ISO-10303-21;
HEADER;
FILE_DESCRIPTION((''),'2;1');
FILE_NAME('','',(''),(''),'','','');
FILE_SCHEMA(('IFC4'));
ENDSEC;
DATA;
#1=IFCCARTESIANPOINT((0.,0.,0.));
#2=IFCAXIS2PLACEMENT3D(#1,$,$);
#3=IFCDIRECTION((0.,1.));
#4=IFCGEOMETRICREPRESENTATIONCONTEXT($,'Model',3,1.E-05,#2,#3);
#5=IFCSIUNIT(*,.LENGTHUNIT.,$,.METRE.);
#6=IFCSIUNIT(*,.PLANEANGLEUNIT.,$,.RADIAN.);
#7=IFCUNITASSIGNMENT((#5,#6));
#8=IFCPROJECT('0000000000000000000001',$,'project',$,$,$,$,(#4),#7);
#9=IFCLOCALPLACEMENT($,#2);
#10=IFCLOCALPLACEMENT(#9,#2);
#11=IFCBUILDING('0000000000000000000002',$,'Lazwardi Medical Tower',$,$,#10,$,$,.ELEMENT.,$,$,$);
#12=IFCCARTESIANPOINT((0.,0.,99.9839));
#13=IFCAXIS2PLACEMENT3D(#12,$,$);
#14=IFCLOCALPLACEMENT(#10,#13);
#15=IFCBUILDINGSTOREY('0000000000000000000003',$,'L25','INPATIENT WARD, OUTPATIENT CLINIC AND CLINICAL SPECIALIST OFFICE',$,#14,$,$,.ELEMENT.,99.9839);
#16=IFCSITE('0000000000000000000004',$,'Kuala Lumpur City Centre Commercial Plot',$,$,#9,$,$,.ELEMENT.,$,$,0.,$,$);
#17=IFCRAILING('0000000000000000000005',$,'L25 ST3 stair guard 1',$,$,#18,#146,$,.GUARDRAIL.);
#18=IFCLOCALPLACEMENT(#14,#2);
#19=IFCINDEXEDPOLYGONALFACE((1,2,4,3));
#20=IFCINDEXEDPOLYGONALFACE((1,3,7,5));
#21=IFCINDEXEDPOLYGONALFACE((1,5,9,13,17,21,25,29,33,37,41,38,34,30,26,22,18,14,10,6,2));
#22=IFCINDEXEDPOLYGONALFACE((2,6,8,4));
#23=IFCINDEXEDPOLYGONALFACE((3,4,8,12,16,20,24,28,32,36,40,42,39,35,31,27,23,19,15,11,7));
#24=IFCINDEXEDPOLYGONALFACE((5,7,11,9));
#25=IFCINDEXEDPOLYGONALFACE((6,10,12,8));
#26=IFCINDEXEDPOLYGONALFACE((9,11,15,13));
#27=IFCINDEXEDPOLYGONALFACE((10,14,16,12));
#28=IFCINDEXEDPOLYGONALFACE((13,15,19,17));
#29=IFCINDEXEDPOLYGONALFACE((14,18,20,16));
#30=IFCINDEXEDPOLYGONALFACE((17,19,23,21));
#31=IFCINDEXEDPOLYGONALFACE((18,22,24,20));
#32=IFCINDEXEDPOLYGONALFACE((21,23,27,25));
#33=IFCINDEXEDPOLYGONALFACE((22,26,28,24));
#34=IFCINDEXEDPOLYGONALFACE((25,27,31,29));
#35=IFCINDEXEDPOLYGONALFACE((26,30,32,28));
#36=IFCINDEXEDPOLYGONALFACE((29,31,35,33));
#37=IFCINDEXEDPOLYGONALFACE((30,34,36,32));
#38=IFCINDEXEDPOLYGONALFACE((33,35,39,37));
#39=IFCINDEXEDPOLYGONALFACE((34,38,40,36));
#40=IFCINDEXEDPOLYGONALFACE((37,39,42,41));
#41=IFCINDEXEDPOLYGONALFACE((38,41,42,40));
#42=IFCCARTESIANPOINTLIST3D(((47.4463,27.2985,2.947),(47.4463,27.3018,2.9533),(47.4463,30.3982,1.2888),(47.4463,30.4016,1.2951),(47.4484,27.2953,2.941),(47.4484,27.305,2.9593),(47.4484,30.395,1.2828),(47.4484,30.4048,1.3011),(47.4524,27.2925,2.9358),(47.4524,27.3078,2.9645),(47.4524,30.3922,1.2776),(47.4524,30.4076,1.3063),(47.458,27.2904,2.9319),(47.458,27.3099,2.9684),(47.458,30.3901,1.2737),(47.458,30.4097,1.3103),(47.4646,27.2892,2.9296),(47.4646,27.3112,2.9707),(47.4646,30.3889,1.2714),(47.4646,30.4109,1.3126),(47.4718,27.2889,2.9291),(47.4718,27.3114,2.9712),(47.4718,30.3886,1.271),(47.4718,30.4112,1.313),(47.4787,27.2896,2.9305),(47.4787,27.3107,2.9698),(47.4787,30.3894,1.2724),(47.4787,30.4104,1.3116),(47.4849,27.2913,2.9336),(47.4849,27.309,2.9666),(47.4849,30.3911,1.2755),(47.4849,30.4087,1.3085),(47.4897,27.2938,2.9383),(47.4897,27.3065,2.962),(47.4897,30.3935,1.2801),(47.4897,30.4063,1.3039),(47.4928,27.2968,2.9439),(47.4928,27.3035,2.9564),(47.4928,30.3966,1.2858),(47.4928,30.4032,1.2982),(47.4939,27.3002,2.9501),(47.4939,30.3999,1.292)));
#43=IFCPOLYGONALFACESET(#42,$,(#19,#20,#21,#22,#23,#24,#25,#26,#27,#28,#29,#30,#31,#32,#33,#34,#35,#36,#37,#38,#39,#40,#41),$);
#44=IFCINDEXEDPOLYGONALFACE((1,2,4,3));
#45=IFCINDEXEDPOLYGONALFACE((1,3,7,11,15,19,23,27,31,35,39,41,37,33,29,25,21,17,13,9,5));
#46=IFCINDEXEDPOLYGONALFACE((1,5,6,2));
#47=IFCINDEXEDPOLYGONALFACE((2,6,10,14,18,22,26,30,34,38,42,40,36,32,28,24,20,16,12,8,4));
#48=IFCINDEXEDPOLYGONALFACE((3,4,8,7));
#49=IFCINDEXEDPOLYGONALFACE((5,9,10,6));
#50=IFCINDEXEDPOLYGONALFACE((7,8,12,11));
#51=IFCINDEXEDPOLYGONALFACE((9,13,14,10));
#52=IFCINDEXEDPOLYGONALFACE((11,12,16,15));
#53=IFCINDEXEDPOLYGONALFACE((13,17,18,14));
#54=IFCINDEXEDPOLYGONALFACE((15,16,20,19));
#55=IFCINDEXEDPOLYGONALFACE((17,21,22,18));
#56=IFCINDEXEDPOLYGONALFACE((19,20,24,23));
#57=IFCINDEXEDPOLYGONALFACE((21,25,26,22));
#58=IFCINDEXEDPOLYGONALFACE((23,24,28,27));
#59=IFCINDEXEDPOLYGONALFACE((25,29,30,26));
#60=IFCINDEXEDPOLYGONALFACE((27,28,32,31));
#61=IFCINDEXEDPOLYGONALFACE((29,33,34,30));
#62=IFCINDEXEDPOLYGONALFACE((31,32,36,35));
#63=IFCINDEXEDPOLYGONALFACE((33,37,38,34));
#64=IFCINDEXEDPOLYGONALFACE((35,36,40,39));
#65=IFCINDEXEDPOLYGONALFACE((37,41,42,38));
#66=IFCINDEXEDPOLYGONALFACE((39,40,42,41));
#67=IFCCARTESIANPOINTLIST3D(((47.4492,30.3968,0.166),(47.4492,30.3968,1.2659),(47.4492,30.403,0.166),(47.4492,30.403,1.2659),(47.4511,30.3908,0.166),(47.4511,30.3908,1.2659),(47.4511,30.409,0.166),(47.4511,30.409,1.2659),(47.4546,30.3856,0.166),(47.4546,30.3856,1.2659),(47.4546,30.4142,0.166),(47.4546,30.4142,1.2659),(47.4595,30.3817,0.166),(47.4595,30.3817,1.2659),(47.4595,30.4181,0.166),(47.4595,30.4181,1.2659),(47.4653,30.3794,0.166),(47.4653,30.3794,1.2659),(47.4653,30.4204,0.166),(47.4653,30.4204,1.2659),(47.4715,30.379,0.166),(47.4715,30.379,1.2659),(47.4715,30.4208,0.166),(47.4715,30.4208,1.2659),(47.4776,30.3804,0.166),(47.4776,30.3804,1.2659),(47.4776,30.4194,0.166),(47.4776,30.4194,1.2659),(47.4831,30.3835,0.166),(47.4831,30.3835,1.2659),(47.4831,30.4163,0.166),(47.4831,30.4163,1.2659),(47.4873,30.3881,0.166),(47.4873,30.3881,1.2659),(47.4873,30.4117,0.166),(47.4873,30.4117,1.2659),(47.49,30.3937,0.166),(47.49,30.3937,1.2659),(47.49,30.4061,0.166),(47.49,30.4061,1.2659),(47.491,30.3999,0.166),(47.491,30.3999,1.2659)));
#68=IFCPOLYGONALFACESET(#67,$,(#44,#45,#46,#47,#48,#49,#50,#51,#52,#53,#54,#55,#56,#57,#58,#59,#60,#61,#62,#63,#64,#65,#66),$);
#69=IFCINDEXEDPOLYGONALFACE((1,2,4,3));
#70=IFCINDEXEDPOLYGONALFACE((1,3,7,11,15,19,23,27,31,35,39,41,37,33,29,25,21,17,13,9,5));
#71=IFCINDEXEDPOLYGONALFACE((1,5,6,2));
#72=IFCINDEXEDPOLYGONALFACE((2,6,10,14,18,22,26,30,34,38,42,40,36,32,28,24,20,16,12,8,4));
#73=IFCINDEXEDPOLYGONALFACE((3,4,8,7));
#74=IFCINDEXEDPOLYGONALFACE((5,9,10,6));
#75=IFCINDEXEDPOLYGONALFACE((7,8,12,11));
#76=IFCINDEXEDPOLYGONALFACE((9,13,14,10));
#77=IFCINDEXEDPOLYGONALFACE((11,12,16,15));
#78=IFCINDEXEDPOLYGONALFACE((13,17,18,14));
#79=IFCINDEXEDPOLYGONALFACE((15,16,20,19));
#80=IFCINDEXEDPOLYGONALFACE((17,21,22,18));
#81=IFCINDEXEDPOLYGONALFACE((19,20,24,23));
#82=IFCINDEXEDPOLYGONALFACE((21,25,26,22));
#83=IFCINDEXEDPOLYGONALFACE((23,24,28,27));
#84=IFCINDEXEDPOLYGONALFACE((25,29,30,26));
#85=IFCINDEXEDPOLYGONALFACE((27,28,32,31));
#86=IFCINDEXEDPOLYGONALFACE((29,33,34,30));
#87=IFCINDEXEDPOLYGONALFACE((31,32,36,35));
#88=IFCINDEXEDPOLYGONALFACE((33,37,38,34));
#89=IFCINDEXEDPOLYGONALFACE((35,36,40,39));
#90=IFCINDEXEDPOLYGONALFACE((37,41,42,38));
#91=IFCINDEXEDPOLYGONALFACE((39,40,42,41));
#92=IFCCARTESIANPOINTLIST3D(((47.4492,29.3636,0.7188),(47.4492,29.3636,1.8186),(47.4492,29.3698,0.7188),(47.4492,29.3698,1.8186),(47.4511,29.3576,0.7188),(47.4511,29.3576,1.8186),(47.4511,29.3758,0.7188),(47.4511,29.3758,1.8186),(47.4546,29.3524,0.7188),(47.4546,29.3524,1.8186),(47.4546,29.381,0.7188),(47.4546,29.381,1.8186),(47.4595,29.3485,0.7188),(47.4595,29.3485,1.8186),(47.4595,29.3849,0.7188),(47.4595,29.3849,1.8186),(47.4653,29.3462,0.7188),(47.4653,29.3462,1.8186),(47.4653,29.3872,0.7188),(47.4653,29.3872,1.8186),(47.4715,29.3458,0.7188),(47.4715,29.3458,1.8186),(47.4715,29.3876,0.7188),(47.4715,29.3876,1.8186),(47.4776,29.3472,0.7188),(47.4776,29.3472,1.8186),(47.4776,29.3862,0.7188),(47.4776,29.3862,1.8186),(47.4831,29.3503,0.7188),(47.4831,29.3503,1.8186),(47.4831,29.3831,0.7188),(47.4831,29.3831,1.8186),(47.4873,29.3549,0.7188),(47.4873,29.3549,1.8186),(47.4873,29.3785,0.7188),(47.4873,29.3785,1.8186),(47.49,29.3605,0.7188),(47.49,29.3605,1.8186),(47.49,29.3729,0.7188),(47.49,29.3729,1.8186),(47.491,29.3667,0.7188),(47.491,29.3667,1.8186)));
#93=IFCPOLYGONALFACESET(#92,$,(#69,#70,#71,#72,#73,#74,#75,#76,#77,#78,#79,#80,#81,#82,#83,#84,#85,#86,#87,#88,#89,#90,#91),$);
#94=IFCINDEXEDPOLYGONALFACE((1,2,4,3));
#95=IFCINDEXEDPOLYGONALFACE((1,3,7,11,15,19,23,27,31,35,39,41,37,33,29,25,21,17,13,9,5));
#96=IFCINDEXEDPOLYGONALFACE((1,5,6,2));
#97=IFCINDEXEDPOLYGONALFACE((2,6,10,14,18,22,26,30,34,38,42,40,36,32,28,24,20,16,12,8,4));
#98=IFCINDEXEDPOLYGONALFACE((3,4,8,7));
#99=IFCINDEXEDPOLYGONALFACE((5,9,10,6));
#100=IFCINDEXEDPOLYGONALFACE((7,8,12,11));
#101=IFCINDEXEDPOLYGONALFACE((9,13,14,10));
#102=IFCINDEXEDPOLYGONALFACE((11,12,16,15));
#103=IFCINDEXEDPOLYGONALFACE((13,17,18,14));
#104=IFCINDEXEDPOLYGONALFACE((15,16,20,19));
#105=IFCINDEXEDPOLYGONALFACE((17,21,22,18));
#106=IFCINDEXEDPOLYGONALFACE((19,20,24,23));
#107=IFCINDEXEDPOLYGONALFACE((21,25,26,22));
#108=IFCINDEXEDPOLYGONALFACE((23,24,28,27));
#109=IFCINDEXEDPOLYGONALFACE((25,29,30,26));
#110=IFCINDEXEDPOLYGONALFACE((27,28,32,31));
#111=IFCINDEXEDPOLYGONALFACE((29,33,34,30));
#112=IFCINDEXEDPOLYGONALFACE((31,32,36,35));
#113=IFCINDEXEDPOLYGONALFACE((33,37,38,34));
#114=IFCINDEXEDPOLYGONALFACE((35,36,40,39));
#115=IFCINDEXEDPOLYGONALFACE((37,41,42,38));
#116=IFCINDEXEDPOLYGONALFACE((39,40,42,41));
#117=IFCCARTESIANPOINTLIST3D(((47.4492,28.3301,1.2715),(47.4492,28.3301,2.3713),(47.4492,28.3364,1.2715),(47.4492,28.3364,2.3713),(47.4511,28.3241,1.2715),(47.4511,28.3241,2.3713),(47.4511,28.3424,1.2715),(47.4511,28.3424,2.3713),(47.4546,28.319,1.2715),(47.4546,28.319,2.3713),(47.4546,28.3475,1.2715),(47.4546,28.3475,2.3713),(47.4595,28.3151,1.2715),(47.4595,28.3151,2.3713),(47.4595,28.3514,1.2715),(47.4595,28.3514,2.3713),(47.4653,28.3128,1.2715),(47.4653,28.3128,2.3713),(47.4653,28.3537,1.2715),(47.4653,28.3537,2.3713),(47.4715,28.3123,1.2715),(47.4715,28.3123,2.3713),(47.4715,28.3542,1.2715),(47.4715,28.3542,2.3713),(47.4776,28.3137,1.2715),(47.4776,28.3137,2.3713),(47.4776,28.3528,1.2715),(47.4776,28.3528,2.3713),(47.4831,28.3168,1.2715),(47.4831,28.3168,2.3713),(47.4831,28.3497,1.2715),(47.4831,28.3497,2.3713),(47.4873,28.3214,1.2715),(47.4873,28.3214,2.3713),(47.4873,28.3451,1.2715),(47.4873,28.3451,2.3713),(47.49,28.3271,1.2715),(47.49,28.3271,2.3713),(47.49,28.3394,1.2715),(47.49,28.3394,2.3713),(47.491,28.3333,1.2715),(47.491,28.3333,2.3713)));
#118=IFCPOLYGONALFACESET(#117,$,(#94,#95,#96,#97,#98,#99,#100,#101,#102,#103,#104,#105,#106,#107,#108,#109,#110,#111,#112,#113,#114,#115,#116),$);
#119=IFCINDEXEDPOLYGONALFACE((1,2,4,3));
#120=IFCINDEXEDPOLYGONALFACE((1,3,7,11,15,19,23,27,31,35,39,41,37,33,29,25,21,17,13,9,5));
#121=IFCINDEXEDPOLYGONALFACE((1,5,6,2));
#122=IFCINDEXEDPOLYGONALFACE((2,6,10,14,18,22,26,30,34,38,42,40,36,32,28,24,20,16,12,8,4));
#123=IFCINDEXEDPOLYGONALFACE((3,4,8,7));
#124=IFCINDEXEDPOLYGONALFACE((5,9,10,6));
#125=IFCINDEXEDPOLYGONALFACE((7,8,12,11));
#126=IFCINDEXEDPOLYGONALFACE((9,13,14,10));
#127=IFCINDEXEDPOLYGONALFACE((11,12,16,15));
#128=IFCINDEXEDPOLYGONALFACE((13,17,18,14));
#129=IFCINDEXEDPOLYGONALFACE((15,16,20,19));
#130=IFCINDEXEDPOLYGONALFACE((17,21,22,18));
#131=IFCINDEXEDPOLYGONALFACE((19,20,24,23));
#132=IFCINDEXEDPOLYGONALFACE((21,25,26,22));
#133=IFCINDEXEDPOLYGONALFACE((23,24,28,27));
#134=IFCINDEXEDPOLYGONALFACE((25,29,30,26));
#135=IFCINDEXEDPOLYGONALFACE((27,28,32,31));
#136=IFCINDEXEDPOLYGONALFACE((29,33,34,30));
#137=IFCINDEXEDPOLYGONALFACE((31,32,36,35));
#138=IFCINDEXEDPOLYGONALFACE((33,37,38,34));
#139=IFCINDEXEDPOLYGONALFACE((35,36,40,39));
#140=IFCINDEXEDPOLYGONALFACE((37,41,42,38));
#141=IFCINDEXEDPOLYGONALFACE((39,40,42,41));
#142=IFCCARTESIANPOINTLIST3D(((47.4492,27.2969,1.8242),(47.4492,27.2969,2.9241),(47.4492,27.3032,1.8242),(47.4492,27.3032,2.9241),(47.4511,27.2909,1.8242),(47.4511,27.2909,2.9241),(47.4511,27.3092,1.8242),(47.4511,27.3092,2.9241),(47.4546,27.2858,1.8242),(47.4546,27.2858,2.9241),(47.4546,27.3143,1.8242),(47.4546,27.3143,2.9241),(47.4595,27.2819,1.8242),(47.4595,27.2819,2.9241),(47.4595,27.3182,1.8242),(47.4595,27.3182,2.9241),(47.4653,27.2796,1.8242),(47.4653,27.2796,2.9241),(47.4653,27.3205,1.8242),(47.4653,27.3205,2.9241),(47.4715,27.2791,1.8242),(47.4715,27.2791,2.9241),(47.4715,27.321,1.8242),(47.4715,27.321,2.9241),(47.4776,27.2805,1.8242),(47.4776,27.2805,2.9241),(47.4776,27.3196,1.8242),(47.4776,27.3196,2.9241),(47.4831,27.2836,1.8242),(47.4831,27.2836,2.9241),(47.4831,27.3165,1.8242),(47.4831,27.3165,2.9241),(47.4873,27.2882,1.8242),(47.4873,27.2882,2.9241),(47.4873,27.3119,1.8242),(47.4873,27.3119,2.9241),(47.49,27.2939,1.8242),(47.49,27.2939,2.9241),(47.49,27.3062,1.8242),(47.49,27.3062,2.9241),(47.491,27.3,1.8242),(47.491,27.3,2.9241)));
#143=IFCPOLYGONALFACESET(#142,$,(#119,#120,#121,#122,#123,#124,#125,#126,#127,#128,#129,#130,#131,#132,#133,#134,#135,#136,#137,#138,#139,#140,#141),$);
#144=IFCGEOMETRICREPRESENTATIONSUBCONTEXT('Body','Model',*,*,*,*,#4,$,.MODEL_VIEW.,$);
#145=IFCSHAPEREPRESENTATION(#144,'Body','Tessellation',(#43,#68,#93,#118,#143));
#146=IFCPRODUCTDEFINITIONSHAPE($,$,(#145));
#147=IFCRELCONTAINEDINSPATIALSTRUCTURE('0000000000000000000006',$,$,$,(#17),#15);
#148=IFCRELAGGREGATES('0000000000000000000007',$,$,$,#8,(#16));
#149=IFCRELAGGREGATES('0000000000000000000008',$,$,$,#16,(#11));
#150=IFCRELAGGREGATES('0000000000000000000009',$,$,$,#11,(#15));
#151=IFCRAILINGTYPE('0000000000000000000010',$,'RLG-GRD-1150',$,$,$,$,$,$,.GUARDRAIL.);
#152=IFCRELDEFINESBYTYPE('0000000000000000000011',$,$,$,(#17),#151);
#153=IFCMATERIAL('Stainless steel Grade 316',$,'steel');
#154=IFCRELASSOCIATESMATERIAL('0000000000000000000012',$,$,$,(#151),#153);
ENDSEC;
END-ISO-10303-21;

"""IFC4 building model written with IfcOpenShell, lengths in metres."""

from ifc_helpers import new_model, si_unit, direction, frame, origin, origin_2d, place, context, subcontext, project, spatial, circle, extrude, material, type_object, element, save


model = new_model("IFC4")

# Units and contexts
model_context = context("Model", 3, precision=1e-05, world=origin(), true_north=direction((0.0, 1.0)))
body_context = subcontext(model_context, "Body", "Model", "MODEL_VIEW")
ifc_project = project(units=[si_unit("LENGTHUNIT", "METRE"), si_unit("PLANEANGLEUNIT", "RADIAN")], contexts=[model_context])

# Site, building, storey
site_placement = place(None, origin())
site = spatial("IfcSite", under=ifc_project, at=site_placement, Name="Kuala Lumpur City Centre Commercial Plot", CompositionType="ELEMENT", RefElevation=0.0)
building_placement = place(site_placement, origin())
building = spatial("IfcBuilding", under=site, at=building_placement, Name="Lazwardi Medical Tower", CompositionType="ELEMENT")
storey_placement = place(building_placement, frame((0.0, 0.0, 99.9839)))
storey = spatial("IfcBuildingStorey", under=building, at=storey_placement, Name="L25", Description="INPATIENT WARD, OUTPATIENT CLINIC AND CLINICAL SPECIALIST OFFICE", CompositionType="ELEMENT", Elevation=99.9839)

# Railing
ifc_material_1 = material(Name="Stainless steel Grade 316", Category="steel")
railing_type_1 = type_object("IfcRailingType", Name="RLG-GRD-1150", PredefinedType="GUARDRAIL", material=ifc_material_1)
railing_1_placement = place(storey_placement, frame((47.47, 30.3999, 0.166)))
element("IfcRailing", 1, at=railing_1_placement, inside=storey, type_object=railing_type_1, Name="L25 ST3 stair guard 1", PredefinedType="GUARDRAIL", context=body_context, shape_type="SweptSolid", body=[
    extrude(circle(Radius=0.0239, at=origin_2d()), frame((0.0, 0.0, 1.126), z_axis=(0.0, -0.881768, 0.471684), x_axis=(1.0, 0.0, 0.0)), (0.0, 0.0, 1.0), 3.5154),
    extrude(circle(Radius=0.021, at=origin_2d()), origin(), (0.0, 0.0, 1.0), 1.0999),
    extrude(circle(Radius=0.021, at=origin_2d()), frame((0.0, -1.0332, 0.5527)), (0.0, 0.0, 1.0), 1.0999),
    extrude(circle(Radius=0.021, at=origin_2d()), frame((0.0, -2.0667, 1.1055)), (0.0, 0.0, 1.0), 1.0999),
    extrude(circle(Radius=0.021, at=origin_2d()), frame((0.0, -3.0999, 1.6582)), (0.0, 0.0, 1.0), 1.0999),
])

save(model, "model.ifc")
